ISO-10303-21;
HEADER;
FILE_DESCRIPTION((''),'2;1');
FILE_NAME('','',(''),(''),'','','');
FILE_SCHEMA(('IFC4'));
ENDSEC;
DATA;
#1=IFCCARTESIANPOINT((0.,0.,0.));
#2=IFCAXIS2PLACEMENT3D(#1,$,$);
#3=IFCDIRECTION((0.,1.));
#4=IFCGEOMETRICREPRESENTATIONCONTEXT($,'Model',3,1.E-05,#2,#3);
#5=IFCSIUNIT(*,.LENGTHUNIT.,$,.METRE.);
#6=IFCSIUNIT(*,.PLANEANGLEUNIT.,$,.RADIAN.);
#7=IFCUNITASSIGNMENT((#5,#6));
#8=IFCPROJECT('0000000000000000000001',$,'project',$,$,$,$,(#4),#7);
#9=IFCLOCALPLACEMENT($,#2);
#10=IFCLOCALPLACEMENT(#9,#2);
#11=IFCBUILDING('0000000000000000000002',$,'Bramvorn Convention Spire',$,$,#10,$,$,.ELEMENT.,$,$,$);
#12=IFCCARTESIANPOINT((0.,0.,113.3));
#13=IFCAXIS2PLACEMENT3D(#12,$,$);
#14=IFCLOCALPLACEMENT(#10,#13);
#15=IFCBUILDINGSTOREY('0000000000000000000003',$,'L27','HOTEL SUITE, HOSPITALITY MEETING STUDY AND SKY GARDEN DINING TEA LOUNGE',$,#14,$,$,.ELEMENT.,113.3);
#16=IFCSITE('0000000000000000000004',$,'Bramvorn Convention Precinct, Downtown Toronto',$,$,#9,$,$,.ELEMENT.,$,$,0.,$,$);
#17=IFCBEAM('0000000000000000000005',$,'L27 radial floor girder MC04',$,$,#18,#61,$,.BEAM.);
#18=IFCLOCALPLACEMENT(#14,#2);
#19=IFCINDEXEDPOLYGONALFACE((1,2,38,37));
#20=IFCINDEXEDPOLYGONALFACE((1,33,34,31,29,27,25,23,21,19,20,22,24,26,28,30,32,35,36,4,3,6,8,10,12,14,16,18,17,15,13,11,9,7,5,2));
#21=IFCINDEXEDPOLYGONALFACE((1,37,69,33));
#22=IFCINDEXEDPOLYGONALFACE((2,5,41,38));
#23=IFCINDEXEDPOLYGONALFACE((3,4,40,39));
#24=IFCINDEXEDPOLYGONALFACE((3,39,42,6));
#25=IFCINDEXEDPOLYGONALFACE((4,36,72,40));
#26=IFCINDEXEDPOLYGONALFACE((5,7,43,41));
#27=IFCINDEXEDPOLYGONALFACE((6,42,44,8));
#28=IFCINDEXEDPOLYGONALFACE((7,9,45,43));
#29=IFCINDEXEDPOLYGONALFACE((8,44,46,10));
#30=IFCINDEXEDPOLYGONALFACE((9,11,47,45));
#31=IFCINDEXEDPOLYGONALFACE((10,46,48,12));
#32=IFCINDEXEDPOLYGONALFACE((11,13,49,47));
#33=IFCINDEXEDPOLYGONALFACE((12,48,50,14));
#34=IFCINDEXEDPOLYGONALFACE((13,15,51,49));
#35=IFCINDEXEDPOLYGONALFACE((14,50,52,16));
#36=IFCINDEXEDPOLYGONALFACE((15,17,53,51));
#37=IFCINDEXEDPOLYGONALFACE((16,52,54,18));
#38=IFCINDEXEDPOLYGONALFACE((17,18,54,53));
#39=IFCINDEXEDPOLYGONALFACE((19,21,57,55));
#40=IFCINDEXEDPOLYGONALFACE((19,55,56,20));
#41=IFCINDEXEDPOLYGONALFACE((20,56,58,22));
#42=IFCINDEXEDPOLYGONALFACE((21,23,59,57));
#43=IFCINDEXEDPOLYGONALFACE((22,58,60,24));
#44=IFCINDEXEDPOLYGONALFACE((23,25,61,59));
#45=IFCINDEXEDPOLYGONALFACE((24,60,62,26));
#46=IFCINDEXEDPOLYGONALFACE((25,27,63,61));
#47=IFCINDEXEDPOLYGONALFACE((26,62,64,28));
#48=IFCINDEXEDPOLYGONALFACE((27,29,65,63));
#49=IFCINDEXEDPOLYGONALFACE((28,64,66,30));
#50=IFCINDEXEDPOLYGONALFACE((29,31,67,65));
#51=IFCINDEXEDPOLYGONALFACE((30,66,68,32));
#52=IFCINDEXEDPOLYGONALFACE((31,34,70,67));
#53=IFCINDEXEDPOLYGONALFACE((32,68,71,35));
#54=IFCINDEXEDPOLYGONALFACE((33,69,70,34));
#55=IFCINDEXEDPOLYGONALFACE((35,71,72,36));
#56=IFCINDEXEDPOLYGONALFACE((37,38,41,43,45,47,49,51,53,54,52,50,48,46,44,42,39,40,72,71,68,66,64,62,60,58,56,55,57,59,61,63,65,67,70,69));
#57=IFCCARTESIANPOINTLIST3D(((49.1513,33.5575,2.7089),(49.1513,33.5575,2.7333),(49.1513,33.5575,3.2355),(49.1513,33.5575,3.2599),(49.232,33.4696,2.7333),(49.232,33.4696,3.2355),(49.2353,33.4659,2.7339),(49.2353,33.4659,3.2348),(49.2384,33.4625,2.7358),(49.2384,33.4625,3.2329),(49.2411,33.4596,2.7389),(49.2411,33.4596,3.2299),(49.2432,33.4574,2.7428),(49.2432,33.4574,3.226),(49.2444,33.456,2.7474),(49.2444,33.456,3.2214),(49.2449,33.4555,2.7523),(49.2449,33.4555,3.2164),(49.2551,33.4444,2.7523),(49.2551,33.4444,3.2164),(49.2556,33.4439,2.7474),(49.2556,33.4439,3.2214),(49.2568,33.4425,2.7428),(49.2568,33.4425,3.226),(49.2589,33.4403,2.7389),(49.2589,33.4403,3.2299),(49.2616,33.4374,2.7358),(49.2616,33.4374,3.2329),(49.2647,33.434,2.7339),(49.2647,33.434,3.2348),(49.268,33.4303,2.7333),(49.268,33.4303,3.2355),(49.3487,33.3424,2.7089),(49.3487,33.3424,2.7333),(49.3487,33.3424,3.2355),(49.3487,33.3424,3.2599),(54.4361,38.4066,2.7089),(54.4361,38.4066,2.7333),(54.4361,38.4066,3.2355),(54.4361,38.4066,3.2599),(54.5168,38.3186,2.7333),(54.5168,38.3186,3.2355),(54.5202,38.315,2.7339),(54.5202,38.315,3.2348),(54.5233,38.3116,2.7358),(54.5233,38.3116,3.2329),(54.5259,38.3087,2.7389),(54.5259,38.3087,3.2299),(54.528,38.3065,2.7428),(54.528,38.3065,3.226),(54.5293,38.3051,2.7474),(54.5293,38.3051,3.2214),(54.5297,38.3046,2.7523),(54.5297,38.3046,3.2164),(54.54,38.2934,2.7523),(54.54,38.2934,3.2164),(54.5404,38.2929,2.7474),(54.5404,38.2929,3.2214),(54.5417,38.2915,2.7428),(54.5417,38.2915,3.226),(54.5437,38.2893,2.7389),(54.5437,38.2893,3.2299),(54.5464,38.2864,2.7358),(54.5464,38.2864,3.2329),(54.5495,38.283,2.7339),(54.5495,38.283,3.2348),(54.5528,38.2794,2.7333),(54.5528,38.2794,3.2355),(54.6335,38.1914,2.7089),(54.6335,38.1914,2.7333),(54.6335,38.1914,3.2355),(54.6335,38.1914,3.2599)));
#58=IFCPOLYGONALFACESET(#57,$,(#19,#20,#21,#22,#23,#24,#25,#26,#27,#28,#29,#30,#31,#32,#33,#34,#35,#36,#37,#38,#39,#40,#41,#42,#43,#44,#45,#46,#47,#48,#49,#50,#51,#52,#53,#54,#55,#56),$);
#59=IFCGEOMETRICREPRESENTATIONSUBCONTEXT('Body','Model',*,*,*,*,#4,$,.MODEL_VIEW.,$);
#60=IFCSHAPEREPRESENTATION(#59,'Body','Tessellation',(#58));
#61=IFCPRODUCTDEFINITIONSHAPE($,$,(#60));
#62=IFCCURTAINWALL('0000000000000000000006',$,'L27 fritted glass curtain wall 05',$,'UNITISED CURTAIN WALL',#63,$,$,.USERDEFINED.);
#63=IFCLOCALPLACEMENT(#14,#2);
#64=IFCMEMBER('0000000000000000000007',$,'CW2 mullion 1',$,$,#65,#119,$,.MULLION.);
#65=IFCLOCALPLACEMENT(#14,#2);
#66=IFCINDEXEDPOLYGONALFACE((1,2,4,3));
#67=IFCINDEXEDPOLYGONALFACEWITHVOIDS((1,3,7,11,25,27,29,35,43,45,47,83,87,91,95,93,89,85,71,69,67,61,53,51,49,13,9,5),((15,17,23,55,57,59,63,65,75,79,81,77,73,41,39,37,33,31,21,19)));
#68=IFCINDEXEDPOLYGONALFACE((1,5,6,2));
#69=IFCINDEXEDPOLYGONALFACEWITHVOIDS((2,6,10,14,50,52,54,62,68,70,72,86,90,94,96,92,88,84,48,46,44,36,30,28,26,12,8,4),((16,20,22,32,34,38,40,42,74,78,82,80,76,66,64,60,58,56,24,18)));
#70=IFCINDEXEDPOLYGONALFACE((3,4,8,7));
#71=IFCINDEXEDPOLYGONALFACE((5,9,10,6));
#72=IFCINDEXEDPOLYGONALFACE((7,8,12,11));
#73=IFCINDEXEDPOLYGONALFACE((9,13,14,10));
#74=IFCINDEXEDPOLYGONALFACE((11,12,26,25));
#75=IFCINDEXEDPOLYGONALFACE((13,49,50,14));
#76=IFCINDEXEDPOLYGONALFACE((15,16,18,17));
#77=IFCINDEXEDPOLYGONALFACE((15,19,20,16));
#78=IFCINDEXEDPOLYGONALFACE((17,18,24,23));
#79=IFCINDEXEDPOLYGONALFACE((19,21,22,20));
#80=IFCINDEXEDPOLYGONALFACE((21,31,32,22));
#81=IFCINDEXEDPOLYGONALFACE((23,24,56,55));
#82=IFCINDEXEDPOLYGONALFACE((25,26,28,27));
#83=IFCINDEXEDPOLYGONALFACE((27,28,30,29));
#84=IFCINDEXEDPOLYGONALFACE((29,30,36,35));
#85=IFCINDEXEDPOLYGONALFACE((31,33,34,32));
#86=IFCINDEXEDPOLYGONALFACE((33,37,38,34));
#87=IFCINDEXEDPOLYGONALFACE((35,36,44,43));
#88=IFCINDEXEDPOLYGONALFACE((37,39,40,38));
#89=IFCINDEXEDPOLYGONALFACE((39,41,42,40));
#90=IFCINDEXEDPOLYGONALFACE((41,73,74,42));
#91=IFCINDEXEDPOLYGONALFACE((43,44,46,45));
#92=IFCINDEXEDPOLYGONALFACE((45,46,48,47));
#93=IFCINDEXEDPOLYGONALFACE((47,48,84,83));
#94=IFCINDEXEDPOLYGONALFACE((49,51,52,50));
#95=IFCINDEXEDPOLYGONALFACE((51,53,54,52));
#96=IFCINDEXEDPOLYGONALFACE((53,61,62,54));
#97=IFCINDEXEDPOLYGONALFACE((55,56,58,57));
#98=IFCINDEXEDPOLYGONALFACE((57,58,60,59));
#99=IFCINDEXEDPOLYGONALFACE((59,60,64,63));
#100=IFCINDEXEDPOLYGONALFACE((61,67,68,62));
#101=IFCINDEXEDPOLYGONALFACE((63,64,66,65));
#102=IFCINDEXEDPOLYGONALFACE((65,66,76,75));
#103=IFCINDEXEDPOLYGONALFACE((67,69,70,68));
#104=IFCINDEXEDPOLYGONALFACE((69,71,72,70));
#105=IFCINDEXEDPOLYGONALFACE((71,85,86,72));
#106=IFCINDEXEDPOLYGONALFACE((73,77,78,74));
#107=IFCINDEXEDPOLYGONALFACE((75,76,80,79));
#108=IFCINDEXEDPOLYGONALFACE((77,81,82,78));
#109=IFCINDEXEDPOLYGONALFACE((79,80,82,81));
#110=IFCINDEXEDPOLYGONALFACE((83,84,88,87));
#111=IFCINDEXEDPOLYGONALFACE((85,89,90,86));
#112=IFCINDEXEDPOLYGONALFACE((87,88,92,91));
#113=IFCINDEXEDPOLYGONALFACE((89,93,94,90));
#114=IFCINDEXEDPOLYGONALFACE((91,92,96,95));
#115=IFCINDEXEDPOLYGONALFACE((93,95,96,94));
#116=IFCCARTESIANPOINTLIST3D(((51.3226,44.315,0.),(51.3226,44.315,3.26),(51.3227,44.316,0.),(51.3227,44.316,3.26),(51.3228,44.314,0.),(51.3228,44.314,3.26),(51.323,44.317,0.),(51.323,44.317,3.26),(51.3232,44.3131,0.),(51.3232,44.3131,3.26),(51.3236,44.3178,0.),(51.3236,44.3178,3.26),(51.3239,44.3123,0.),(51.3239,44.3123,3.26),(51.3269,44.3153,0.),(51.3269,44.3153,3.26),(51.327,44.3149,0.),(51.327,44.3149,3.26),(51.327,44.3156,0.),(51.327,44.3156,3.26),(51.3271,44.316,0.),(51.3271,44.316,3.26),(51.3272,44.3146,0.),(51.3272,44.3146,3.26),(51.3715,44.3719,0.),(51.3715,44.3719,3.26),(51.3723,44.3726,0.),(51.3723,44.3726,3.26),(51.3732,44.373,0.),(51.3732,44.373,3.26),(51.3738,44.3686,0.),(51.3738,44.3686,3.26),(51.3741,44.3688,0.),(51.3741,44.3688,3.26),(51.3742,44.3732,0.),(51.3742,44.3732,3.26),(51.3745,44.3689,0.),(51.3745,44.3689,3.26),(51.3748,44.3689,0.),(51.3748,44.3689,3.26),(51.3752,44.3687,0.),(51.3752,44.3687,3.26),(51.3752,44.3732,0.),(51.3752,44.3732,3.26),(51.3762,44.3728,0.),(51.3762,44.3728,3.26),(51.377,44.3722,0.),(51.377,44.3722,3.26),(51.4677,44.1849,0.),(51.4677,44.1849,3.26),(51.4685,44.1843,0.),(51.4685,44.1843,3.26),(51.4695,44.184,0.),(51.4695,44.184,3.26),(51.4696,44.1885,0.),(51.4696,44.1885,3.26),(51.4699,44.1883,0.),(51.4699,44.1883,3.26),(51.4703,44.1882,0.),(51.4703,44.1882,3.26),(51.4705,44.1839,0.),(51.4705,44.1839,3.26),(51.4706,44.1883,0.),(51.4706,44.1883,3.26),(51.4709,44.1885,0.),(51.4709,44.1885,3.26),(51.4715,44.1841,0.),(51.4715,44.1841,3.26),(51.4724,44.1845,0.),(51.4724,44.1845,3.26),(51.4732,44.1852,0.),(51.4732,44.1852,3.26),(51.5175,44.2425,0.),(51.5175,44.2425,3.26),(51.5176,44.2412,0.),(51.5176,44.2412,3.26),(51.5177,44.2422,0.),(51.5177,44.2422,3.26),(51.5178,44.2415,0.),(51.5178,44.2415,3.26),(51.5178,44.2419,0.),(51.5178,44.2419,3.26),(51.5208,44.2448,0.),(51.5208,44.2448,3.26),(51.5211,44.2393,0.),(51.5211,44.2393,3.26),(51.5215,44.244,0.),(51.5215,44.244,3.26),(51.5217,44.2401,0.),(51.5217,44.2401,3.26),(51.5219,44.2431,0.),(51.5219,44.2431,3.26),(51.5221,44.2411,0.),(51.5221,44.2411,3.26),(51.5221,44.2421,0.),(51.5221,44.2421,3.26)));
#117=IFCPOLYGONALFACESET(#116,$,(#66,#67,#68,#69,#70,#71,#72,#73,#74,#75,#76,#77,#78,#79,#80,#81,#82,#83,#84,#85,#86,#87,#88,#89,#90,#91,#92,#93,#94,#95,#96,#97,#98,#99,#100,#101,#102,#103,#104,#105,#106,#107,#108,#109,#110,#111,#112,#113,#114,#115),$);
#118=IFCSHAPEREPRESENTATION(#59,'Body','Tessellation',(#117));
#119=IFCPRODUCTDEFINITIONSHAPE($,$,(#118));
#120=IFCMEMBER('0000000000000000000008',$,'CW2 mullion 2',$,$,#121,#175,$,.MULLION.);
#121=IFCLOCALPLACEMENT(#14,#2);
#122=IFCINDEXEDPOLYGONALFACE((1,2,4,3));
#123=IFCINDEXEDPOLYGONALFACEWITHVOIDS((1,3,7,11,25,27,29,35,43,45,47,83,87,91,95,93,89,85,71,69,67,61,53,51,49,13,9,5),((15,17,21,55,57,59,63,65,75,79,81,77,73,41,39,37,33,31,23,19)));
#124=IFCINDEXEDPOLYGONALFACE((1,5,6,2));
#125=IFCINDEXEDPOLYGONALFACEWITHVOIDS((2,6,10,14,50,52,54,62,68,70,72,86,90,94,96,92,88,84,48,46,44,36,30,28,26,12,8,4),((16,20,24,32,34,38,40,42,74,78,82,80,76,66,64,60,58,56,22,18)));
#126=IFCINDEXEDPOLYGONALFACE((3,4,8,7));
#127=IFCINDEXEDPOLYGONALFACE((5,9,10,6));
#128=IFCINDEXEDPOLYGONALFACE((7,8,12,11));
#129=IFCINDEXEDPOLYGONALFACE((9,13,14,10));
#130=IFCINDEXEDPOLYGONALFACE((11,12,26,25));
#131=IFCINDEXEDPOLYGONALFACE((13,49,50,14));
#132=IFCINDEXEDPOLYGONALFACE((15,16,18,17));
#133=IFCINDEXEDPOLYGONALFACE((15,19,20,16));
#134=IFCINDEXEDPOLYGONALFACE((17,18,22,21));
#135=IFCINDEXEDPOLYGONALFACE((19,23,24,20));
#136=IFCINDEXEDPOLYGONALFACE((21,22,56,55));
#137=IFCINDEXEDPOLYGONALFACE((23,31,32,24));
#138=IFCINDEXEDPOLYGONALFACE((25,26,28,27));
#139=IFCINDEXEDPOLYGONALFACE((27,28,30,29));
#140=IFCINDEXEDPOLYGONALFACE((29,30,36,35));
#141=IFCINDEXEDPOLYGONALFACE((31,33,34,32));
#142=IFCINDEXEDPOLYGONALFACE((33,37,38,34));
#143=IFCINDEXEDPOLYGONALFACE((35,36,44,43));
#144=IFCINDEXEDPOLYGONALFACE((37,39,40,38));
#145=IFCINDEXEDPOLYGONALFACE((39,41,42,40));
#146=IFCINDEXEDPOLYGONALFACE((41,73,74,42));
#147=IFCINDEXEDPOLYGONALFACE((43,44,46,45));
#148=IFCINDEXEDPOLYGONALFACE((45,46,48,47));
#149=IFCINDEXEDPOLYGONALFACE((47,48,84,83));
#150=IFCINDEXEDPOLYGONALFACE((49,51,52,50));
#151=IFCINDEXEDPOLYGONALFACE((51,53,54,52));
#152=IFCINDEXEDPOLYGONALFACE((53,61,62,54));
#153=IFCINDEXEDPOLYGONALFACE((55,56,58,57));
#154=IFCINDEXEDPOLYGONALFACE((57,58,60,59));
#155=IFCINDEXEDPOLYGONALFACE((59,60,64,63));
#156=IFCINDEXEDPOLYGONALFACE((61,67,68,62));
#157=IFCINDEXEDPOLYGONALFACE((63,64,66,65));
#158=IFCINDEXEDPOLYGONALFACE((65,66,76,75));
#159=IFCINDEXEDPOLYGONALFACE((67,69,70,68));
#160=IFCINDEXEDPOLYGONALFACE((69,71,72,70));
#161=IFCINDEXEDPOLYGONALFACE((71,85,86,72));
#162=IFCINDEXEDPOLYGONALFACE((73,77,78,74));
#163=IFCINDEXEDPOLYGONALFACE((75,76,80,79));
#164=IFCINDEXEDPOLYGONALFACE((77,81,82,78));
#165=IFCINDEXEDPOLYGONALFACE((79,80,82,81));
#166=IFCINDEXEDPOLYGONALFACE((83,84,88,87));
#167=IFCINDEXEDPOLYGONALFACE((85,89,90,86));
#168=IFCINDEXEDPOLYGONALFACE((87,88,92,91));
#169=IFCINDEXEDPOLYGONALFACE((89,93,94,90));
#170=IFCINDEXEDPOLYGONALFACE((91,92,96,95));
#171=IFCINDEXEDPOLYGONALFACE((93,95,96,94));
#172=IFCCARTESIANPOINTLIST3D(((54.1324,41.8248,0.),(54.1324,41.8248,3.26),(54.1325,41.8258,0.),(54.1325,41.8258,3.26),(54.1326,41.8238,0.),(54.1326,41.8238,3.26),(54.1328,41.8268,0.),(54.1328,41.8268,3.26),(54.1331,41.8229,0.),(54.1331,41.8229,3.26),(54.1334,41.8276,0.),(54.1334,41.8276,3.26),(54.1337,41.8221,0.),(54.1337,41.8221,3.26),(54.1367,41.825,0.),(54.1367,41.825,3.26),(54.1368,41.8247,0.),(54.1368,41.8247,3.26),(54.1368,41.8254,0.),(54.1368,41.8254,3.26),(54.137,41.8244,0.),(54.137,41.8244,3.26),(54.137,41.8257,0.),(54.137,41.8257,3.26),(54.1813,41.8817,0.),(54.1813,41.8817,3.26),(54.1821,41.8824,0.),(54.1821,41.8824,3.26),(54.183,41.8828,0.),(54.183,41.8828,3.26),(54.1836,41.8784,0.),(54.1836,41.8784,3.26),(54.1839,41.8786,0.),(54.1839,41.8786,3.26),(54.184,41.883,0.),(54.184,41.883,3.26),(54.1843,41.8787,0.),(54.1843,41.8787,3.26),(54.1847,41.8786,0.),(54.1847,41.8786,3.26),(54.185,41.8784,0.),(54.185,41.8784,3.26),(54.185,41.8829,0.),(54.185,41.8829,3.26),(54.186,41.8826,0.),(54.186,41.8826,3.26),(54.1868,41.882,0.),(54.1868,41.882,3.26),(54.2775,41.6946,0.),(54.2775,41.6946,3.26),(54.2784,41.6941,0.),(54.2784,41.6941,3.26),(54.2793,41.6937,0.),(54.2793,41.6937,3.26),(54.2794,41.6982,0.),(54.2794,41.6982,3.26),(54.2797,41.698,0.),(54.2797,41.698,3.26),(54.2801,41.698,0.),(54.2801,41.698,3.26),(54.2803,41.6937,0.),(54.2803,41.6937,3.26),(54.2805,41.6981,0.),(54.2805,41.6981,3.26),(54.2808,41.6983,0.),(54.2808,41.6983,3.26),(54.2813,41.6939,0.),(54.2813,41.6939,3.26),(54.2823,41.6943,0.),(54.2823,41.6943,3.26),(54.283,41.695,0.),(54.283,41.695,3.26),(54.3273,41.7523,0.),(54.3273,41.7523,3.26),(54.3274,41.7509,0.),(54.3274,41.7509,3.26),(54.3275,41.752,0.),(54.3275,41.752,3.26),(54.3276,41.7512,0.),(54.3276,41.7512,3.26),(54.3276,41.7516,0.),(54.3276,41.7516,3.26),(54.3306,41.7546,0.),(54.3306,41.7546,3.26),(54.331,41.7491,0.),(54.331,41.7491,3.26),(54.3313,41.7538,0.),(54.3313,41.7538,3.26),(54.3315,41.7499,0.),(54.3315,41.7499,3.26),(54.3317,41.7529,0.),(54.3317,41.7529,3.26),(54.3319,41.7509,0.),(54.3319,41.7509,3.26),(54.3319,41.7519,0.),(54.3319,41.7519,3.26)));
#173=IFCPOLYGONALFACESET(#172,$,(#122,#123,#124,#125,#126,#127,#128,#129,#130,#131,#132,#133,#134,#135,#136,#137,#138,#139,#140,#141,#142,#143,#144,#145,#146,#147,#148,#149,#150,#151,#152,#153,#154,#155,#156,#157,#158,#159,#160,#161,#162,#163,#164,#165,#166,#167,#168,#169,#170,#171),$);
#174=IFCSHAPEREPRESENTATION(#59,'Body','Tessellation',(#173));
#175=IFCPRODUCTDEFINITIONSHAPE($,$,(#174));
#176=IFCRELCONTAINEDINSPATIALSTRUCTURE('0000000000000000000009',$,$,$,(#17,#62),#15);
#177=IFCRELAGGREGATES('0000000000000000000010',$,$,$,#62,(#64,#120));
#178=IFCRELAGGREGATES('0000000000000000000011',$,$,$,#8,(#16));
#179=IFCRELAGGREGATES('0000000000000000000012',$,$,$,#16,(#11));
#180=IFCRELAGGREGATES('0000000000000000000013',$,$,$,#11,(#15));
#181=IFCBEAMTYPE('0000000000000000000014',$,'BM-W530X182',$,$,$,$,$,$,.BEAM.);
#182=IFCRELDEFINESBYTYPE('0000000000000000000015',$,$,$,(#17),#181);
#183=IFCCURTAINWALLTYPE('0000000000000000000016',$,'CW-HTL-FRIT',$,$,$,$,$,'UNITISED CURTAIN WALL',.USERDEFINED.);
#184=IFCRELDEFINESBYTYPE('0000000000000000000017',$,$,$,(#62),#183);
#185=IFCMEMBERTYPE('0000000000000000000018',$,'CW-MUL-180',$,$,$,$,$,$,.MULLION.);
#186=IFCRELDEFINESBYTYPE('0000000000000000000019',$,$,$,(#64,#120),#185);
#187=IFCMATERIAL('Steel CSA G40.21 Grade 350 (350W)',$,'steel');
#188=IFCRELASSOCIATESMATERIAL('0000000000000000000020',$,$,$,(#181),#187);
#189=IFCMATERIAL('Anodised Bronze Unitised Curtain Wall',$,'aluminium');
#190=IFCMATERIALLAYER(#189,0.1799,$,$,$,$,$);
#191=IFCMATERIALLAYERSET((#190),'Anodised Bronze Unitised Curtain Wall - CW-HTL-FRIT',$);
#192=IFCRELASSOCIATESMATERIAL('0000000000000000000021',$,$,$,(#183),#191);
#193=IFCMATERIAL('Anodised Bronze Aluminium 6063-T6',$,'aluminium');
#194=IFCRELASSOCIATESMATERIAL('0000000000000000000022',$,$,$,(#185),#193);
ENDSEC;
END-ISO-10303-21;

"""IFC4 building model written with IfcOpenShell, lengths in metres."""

from ifc_helpers import new_model, si_unit, direction, frame, origin, origin_2d, place, context, subcontext, project, spatial, hollow_rectangle, i_section, extrude, material, layer, layer_set, material_profile, profile_set, type_object, element, aggregate, save


model = new_model("IFC4")

# Units and contexts
model_context = context("Model", 3, precision=1e-05, world=origin(), true_north=direction((0.0, 1.0)))
body_context = subcontext(model_context, "Body", "Model", "MODEL_VIEW")
ifc_project = project(units=[si_unit("LENGTHUNIT", "METRE"), si_unit("PLANEANGLEUNIT", "RADIAN")], contexts=[model_context])

# Site, building, storey
site_placement = place(None, origin())
site = spatial("IfcSite", under=ifc_project, at=site_placement, Name="Bramvorn Convention Precinct, Downtown Toronto", CompositionType="ELEMENT", RefElevation=0.0)
building_placement = place(site_placement, origin())
building = spatial("IfcBuilding", under=site, at=building_placement, Name="Bramvorn Convention Spire", CompositionType="ELEMENT")
storey_placement = place(building_placement, frame((0.0, 0.0, 113.3)))
storey = spatial("IfcBuildingStorey", under=building, at=storey_placement, Name="L27", Description="HOTEL SUITE, HOSPITALITY MEETING STUDY AND SKY GARDEN DINING TEA LOUNGE", CompositionType="ELEMENT", Elevation=113.3)

# Shared definitions
ifc_material_1 = material(Name="Steel CSA G40.21 Grade 350 (350W)", Category="steel")

# Beam
ifc_material_profile_1 = material_profile(ifc_material_1, i_section(OverallWidth=0.292, OverallDepth=0.551, WebThickness=0.0151, FlangeThickness=0.0244, FilletRadius=0.019, at=origin_2d()))
ifc_profile_set_1 = profile_set([ifc_material_profile_1], Name="Steel CSA G40.21 Grade 350 (350W) - W530X182")
beam_type_1 = type_object("IfcBeamType", Name="BM-W530X182", PredefinedType="BEAM", material=ifc_profile_set_1)
beam_1_placement = place(storey_placement, frame((49.25, 33.45, 2.9844), z_axis=(0.736833, 0.676074, 0.0), x_axis=(-0.676074, 0.736833, 0.0)))
element("IfcBeam", 1, at=beam_1_placement, inside=storey, type_object=beam_type_1, Name="L27 radial floor girder MC04", PredefinedType="BEAM", context=body_context, shape_type="SweptSolid", body=[
    extrude(i_section(OverallWidth=0.292, OverallDepth=0.551, WebThickness=0.0151, FlangeThickness=0.0244, FilletRadius=0.019, at=origin_2d()), origin(), (0.0, 0.0, 1.0), 7.1724),
])

# Curtain wall, members
ifc_material_2 = material(Name="Anodised Bronze Unitised Curtain Wall", Category="aluminium")
ifc_layer_1 = layer(ifc_material_2, 0.1799)
ifc_layer_set_1 = layer_set([ifc_layer_1], Name="Anodised Bronze Unitised Curtain Wall - CW-HTL-FRIT")
curtain_wall_type_1 = type_object("IfcCurtainWallType", Name="CW-HTL-FRIT", ElementType="UNITISED CURTAIN WALL", PredefinedType="USERDEFINED", material=ifc_layer_set_1)
curtain_wall_1_placement = place(storey_placement, origin())
curtain_wall_1 = element("IfcCurtainWall", 2, at=curtain_wall_1_placement, inside=storey, type_object=curtain_wall_type_1, Name="L27 fritted glass curtain wall 05", ObjectType="UNITISED CURTAIN WALL", PredefinedType="USERDEFINED")
ifc_material_3 = material(Name="Anodised Bronze Aluminium 6063-T6", Category="aluminium")
ifc_material_profile_2 = material_profile(ifc_material_3, hollow_rectangle(XDim=0.0801, YDim=0.2, WallThickness=0.0039, InnerFilletRadius=0.001, OuterFilletRadius=0.0039, at=origin_2d()))
ifc_profile_set_2 = profile_set([ifc_material_profile_2], Name="Anodised Bronze Aluminium 6063-T6 - CWM80X200")
member_type_1 = type_object("IfcMemberType", Name="CW-MUL-180", PredefinedType="MULLION", material=ifc_profile_set_2)
member_1_placement = place(storey_placement, frame((51.4224, 44.2786, 0.0), z_axis=(0.0, 0.0, 1.0), x_axis=(0.663278, 0.748373, 0.0)))
member_1 = element("IfcMember", 3, at=member_1_placement, type_object=member_type_1, Name="CW2 mullion 1", PredefinedType="MULLION", context=body_context, shape_type="SweptSolid", body=[
    extrude(hollow_rectangle(XDim=0.0801, YDim=0.2, WallThickness=0.0039, InnerFilletRadius=0.001, OuterFilletRadius=0.0039, at=origin_2d()), origin(), (0.0, 0.0, 1.0), 3.26),
])
member_2_placement = place(storey_placement, frame((54.2322, 41.7883, 0.0), z_axis=(0.0, 0.0, 1.0), x_axis=(0.663278, 0.748373, 0.0)))
member_2 = element("IfcMember", 4, at=member_2_placement, type_object=member_type_1, Name="CW2 mullion 2", PredefinedType="MULLION", context=body_context, shape_type="SweptSolid", body=[
    extrude(hollow_rectangle(XDim=0.0801, YDim=0.2, WallThickness=0.0039, InnerFilletRadius=0.001, OuterFilletRadius=0.0039, at=origin_2d()), origin(), (0.0, 0.0, 1.0), 3.26),
])

aggregate(curtain_wall_1, [member_1, member_2])

save(model, "model.ifc")
